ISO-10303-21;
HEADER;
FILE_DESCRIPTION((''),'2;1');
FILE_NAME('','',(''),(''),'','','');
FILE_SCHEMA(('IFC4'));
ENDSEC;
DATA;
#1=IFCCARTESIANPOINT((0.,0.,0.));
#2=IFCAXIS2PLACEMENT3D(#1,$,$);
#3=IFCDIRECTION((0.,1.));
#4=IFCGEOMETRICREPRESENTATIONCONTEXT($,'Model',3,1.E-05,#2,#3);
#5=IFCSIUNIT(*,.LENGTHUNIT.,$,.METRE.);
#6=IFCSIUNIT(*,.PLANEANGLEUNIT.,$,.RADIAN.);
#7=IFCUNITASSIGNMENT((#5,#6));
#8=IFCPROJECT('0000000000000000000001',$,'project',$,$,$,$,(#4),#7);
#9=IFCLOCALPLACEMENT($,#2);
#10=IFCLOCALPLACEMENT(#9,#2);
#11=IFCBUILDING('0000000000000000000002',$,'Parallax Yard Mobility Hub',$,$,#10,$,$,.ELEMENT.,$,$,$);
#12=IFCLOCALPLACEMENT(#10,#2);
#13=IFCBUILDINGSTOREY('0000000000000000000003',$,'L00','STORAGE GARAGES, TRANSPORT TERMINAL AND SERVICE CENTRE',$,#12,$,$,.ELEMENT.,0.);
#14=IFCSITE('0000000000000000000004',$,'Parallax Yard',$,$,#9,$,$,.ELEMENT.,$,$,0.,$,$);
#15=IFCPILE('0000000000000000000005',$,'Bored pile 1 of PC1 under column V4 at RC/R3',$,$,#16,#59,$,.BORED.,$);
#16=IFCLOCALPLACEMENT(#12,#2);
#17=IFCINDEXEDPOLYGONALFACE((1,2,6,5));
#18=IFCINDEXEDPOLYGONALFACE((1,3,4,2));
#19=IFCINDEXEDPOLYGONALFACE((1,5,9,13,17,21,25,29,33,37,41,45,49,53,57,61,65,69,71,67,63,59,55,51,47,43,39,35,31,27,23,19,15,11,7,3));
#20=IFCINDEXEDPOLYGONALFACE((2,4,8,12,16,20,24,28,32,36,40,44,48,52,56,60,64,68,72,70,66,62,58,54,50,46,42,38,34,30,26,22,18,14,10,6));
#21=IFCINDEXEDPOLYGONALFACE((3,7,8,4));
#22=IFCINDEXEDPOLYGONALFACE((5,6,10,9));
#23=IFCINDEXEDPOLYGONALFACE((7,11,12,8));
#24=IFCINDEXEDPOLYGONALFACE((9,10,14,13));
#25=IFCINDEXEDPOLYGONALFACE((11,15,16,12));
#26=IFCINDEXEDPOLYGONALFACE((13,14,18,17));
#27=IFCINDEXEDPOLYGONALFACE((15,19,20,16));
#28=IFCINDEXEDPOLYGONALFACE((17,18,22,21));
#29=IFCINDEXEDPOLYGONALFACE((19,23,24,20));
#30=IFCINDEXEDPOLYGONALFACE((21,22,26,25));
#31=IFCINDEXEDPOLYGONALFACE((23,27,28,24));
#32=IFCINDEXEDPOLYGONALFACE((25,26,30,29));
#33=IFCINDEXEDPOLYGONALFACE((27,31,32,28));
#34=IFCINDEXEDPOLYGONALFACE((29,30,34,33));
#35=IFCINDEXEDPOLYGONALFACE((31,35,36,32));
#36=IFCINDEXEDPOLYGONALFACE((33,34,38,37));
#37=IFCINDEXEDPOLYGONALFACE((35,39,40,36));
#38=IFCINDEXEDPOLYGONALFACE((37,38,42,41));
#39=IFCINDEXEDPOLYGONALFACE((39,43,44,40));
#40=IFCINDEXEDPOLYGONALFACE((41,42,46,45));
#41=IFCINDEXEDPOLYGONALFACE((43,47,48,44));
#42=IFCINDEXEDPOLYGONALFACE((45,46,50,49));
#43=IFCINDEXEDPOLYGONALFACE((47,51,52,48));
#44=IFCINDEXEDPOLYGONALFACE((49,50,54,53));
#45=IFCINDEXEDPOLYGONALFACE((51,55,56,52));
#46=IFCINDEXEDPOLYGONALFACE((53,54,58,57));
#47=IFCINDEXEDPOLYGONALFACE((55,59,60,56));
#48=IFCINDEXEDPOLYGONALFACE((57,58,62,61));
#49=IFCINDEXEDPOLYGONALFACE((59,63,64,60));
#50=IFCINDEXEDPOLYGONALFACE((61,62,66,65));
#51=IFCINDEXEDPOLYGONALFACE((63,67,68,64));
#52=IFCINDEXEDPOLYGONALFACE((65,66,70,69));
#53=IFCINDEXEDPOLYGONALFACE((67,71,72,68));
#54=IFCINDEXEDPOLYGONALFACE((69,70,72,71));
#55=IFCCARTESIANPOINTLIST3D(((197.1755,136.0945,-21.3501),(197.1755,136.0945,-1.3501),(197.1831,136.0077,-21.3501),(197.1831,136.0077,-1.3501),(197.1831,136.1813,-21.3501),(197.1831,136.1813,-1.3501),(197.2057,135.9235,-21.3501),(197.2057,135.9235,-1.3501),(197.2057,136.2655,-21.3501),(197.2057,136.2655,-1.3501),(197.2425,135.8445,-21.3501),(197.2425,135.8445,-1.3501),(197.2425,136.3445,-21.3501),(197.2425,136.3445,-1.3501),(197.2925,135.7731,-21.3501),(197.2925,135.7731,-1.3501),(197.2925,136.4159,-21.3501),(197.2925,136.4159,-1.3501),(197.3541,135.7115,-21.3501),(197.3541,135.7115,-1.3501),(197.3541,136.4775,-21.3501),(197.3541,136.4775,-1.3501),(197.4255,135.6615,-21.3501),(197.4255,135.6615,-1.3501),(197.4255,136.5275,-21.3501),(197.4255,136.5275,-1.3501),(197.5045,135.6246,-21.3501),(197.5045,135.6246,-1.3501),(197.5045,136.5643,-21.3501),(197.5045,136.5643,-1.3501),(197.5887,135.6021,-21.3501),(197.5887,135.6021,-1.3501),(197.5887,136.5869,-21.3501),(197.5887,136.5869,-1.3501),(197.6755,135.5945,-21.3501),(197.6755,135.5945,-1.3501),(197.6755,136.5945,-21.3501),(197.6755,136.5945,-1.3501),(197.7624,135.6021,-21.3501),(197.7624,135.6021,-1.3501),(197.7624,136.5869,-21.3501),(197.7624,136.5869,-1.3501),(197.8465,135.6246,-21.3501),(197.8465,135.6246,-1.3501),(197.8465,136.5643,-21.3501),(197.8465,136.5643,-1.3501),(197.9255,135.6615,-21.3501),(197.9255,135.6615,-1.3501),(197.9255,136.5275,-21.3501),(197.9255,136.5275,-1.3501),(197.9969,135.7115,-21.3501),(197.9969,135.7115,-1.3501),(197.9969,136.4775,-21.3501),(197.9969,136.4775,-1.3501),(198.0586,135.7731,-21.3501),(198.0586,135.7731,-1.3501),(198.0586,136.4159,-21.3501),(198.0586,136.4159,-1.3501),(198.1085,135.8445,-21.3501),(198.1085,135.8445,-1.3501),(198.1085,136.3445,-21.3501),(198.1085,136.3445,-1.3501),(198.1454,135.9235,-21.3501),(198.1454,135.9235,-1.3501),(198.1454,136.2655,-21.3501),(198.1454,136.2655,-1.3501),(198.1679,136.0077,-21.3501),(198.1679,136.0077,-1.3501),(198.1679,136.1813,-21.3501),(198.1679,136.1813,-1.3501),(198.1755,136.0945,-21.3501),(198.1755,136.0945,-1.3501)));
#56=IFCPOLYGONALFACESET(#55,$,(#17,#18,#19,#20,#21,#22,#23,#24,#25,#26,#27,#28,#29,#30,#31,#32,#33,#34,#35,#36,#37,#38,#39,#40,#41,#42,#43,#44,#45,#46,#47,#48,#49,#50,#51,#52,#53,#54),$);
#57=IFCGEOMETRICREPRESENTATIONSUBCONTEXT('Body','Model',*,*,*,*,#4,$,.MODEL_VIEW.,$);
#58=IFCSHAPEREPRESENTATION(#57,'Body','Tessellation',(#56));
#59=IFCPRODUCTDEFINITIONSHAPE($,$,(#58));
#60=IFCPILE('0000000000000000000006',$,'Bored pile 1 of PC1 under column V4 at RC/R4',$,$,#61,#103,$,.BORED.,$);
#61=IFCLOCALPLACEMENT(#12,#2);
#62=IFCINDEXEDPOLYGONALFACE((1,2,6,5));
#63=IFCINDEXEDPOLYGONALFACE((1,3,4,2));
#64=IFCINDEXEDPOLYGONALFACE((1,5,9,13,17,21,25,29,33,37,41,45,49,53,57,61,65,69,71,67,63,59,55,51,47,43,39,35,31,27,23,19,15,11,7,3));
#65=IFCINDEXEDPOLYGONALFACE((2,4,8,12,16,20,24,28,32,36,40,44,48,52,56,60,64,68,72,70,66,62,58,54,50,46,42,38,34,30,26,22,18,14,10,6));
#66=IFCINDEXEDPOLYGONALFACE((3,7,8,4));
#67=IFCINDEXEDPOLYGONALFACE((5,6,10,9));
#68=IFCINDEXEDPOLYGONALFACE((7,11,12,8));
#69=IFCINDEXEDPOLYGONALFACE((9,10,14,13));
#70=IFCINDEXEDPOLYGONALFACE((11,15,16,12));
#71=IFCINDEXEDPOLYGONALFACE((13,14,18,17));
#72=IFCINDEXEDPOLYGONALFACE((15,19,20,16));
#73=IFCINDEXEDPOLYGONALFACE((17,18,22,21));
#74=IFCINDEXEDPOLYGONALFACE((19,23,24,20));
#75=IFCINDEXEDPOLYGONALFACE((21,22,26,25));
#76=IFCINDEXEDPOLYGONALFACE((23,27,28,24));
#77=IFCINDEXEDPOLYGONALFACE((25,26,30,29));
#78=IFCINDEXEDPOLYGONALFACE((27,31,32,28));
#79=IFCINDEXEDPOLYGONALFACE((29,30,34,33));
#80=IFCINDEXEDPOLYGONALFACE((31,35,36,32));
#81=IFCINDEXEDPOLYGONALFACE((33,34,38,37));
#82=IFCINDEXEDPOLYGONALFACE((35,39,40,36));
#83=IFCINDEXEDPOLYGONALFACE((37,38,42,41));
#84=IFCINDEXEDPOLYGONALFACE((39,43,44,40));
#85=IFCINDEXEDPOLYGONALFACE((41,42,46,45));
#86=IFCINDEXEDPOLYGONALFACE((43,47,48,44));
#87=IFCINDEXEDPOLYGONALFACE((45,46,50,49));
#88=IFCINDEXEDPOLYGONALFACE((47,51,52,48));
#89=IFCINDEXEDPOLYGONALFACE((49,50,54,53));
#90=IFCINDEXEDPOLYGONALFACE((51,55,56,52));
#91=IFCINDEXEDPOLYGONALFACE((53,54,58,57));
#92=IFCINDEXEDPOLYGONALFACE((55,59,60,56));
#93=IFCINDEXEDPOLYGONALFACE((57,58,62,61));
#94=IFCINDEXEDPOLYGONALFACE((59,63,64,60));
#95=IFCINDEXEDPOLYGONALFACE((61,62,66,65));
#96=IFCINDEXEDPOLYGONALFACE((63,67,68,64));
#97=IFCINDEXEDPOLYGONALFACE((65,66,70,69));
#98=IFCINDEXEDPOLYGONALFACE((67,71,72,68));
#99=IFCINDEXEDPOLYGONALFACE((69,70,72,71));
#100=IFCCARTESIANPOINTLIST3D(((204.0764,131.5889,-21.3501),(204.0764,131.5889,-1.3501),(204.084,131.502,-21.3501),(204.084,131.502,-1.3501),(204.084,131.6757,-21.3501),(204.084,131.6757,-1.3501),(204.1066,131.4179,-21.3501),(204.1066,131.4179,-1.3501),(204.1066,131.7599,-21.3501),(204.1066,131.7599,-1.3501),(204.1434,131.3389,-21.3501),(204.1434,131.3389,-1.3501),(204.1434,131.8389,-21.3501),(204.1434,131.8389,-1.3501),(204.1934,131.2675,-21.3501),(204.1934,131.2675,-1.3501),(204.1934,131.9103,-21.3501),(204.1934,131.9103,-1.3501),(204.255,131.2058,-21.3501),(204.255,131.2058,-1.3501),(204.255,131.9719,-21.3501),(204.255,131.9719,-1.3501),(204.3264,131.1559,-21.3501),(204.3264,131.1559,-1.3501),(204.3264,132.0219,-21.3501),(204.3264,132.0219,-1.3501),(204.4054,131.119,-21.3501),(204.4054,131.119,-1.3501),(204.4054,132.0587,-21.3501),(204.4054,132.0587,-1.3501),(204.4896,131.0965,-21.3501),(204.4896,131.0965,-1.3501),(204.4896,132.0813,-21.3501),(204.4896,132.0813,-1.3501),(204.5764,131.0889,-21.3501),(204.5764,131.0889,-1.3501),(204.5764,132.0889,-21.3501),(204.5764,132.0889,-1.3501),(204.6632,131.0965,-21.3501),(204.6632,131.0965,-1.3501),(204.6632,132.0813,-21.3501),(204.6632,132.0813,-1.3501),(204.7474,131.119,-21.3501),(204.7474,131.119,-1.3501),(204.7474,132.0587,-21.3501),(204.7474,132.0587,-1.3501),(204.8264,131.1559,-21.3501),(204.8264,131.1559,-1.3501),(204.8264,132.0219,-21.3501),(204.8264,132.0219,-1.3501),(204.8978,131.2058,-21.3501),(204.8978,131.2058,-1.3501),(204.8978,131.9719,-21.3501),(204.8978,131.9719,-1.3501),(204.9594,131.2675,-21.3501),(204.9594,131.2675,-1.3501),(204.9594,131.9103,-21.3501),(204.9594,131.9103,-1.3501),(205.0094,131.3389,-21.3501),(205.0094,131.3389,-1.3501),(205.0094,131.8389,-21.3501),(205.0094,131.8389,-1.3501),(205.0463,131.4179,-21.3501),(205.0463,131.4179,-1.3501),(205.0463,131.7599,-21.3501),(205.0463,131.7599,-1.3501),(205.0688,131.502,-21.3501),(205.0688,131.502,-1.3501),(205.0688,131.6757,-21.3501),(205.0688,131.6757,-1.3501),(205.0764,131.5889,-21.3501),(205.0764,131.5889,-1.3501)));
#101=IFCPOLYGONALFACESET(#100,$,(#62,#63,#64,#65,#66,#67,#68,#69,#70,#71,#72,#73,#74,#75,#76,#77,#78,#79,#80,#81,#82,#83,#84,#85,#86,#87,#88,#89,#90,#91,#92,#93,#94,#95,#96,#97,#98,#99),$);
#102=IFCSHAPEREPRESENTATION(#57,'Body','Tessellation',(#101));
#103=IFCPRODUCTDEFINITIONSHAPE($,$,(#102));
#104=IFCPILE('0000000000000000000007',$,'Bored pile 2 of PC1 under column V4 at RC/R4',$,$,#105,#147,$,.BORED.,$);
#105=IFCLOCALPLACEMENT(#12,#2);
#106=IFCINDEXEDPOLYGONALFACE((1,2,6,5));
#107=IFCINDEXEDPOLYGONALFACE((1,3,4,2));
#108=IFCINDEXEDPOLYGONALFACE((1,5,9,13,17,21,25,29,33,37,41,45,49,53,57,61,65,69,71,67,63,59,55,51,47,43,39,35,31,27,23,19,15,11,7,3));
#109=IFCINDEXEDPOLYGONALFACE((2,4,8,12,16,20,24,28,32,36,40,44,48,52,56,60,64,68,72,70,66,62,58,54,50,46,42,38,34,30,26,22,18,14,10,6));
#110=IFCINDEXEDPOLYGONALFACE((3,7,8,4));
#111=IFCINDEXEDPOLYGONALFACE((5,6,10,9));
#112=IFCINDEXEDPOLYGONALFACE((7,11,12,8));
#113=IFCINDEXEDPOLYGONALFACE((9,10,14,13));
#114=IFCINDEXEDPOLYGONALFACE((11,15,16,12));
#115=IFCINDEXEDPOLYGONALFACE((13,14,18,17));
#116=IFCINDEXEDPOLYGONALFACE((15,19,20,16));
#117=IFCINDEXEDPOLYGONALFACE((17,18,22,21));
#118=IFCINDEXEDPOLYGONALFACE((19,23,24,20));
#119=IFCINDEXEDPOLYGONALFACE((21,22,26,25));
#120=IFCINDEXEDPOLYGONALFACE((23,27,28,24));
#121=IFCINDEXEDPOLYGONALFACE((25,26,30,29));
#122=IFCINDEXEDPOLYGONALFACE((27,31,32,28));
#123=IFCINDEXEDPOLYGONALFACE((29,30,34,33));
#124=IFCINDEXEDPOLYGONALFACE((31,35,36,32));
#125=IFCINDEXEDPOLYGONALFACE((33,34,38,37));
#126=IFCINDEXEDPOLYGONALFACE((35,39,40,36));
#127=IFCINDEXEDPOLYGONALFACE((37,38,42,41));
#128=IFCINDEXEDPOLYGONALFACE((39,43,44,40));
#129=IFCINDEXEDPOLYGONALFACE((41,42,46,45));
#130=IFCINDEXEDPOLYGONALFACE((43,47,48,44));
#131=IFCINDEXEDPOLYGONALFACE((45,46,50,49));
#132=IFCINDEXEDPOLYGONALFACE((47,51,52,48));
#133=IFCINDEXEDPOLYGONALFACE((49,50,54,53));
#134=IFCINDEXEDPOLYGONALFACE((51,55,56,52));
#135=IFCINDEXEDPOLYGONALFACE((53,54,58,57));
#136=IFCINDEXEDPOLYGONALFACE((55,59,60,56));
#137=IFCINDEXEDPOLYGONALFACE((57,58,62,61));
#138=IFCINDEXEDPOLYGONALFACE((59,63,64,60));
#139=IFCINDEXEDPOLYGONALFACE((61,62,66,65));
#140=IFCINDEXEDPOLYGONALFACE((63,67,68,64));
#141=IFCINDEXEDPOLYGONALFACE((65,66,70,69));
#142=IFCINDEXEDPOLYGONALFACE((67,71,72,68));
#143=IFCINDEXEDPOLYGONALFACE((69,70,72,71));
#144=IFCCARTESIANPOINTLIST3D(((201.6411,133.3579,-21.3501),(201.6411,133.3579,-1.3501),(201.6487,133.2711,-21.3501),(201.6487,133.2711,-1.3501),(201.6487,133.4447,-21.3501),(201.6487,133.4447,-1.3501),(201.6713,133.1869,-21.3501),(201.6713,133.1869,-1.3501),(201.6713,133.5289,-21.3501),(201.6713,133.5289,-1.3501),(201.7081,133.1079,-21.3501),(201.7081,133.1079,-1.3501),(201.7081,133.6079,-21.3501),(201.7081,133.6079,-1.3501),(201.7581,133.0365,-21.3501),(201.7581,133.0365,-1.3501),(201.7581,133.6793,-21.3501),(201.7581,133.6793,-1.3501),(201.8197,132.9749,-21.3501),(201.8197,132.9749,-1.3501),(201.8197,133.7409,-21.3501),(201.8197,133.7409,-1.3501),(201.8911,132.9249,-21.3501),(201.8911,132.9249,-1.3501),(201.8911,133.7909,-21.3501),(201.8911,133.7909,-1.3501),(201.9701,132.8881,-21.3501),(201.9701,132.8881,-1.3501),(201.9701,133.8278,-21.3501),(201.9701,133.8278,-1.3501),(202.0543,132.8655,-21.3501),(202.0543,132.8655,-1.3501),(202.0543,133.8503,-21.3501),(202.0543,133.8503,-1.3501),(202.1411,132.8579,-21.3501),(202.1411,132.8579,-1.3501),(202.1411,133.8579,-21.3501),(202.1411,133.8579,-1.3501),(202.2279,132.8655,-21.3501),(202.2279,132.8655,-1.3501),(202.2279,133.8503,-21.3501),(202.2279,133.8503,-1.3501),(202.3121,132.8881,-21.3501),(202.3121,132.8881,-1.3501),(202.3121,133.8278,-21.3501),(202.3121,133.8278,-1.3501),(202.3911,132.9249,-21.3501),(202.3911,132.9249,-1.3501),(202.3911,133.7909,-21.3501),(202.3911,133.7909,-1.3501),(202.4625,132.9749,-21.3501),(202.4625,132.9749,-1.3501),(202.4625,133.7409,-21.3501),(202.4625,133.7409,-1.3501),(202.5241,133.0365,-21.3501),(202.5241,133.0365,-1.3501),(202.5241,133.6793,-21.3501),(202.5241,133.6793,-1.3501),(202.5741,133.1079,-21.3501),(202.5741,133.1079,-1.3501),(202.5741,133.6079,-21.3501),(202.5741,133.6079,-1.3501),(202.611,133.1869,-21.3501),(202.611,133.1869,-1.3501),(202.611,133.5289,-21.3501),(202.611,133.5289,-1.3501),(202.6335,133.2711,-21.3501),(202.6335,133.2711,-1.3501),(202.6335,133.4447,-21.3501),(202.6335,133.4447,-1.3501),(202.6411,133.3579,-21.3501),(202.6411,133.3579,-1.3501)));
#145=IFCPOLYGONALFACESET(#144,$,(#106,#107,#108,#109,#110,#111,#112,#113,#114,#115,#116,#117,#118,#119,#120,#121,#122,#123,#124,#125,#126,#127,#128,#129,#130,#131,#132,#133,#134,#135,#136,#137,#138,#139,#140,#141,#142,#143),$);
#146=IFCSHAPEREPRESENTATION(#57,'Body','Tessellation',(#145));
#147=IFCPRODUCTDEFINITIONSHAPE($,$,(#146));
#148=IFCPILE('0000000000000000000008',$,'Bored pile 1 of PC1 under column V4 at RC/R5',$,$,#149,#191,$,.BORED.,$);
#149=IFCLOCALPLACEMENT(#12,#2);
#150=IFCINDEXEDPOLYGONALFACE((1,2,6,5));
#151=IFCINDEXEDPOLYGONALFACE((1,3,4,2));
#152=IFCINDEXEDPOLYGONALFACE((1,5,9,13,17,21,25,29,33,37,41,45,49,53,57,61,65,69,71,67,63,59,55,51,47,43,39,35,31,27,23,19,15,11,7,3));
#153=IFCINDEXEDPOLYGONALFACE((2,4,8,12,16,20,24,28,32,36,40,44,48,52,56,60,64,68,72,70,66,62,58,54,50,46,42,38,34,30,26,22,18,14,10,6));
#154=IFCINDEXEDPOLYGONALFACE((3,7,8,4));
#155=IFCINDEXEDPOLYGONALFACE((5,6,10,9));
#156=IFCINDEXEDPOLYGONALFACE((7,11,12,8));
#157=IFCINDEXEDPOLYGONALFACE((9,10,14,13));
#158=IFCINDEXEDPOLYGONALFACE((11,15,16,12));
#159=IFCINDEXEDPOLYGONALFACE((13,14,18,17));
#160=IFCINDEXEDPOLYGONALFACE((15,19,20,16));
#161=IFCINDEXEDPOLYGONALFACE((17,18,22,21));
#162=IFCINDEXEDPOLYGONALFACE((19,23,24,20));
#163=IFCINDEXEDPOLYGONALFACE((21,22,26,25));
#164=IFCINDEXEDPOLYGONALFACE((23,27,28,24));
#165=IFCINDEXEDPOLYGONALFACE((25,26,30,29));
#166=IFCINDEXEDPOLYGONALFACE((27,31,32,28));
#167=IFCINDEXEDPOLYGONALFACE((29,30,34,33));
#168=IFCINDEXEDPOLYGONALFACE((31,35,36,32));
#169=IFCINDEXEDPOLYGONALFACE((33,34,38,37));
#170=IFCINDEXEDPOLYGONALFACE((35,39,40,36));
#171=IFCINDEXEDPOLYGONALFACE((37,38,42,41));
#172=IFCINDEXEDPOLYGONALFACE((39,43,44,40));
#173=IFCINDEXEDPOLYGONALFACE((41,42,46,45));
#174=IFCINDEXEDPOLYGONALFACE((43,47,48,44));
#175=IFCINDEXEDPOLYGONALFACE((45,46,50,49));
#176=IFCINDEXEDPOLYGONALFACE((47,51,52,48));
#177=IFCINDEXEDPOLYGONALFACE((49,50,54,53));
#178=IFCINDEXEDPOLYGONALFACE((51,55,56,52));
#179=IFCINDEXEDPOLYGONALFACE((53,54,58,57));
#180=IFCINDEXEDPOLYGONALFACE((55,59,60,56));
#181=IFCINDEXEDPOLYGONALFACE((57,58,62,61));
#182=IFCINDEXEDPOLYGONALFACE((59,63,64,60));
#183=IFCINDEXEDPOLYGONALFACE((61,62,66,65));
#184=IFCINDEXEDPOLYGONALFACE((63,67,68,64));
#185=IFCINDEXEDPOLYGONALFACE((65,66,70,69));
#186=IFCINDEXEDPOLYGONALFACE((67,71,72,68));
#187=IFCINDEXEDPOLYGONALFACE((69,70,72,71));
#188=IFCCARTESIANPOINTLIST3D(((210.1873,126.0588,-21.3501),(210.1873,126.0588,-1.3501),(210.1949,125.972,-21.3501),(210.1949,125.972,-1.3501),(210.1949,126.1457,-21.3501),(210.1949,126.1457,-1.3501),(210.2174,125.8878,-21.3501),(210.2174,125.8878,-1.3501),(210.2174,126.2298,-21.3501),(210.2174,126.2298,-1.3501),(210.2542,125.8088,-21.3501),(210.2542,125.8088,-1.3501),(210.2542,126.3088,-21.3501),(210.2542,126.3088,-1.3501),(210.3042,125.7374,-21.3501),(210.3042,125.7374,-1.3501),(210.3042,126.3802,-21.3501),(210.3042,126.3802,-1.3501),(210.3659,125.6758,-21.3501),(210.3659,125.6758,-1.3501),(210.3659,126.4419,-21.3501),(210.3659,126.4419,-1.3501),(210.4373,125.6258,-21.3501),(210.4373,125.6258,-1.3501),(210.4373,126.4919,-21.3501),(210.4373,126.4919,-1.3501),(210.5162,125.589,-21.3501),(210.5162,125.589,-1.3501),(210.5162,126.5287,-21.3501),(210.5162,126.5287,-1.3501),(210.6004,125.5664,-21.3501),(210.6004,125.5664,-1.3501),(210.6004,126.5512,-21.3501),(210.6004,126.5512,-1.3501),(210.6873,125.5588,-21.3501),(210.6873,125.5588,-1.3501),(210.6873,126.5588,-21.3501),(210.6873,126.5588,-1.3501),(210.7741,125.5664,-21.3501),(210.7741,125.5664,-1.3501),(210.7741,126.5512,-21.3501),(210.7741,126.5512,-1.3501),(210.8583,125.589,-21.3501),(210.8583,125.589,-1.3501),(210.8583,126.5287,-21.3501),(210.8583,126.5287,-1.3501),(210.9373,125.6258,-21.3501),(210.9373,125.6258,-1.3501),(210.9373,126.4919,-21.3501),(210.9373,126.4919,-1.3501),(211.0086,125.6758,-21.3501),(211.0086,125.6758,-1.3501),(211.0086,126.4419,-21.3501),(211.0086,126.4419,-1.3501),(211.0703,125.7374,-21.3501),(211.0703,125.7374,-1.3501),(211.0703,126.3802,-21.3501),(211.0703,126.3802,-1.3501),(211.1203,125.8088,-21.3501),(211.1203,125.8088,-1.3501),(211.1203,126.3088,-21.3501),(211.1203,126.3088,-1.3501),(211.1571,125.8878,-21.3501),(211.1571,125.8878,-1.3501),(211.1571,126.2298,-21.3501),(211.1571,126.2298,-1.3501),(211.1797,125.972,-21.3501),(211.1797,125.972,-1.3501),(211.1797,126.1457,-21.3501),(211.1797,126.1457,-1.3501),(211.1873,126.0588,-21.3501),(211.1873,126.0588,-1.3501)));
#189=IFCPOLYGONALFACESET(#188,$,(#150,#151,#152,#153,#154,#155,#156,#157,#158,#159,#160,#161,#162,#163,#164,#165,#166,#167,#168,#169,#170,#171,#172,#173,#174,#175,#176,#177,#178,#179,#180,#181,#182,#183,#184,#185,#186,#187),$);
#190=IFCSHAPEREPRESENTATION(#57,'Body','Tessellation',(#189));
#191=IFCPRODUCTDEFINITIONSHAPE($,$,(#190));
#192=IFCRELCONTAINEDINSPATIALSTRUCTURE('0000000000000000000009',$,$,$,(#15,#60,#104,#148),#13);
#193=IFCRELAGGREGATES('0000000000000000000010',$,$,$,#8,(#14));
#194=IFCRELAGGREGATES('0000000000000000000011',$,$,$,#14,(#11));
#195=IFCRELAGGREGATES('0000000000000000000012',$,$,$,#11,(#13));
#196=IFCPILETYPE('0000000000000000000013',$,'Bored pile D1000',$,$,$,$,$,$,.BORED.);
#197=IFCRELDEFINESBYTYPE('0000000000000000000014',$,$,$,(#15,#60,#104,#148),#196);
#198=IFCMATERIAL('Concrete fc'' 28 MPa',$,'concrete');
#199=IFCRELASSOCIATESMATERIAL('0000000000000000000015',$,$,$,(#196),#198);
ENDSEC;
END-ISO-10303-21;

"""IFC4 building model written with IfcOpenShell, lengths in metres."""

from ifc_helpers import new_model, si_unit, direction, frame, origin, origin_2d, place, context, subcontext, project, spatial, circle, extrude, material, material_profile, profile_set, type_object, element, save


model = new_model("IFC4")

# Units and contexts
model_context = context("Model", 3, precision=1e-05, world=origin(), true_north=direction((0.0, 1.0)))
body_context = subcontext(model_context, "Body", "Model", "MODEL_VIEW")
ifc_project = project(units=[si_unit("LENGTHUNIT", "METRE"), si_unit("PLANEANGLEUNIT", "RADIAN")], contexts=[model_context])

# Site, building, storey
site_placement = place(None, origin())
site = spatial("IfcSite", under=ifc_project, at=site_placement, Name="Parallax Yard", CompositionType="ELEMENT", RefElevation=0.0)
building_placement = place(site_placement, origin())
building = spatial("IfcBuilding", under=site, at=building_placement, Name="Parallax Yard Mobility Hub", CompositionType="ELEMENT")
storey_placement = place(building_placement, origin())
storey = spatial("IfcBuildingStorey", under=building, at=storey_placement, Name="L00", Description="STORAGE GARAGES, TRANSPORT TERMINAL AND SERVICE CENTRE", CompositionType="ELEMENT", Elevation=0.0)

# Piles
ifc_material_1 = material(Name="Concrete fc' 28 MPa", Category="concrete")
ifc_material_profile_1 = material_profile(ifc_material_1, circle(Radius=0.5, at=origin_2d()), Name="Bored pile D1000")
ifc_profile_set_1 = profile_set([ifc_material_profile_1], Name="Concrete fc' 28 MPa")
pile_type = type_object("IfcPileType", Name="Bored pile D1000", PredefinedType="BORED", material=ifc_profile_set_1)
for number, where, z_axis, x_axis, name in (
    (1, (197.6755, 136.0945, -1.3501), (0.0, 0.0, -1.0), (1.0, 0.0, 0.0), "Bored pile 1 of PC1 under column V4 at RC/R3"),
    (2, (204.5764, 131.5889, -1.3501), (0.0, 0.0, -1.0), (1.0, 0.0, 0.0), "Bored pile 1 of PC1 under column V4 at RC/R4"),
    (3, (202.1411, 133.3579, -1.3501), (0.0, 0.0, -1.0), (1.0, 0.0, 0.0), "Bored pile 2 of PC1 under column V4 at RC/R4"),
    (4, (210.6873, 126.0588, -1.3501), (0.0, 0.0, -1.0), (1.0, 0.0, 0.0), "Bored pile 1 of PC1 under column V4 at RC/R5"),
):
    element("IfcPile", number, at=place(storey_placement, frame(where, z_axis=z_axis, x_axis=x_axis)), inside=storey, type_object=pile_type, Name=name, PredefinedType="BORED", context=body_context, shape_type="SweptSolid", body=[
        extrude(circle(Radius=0.5, at=origin_2d()), origin(), (0.0, 0.0, 1.0), 20.0),
    ])

save(model, "model.ifc")
